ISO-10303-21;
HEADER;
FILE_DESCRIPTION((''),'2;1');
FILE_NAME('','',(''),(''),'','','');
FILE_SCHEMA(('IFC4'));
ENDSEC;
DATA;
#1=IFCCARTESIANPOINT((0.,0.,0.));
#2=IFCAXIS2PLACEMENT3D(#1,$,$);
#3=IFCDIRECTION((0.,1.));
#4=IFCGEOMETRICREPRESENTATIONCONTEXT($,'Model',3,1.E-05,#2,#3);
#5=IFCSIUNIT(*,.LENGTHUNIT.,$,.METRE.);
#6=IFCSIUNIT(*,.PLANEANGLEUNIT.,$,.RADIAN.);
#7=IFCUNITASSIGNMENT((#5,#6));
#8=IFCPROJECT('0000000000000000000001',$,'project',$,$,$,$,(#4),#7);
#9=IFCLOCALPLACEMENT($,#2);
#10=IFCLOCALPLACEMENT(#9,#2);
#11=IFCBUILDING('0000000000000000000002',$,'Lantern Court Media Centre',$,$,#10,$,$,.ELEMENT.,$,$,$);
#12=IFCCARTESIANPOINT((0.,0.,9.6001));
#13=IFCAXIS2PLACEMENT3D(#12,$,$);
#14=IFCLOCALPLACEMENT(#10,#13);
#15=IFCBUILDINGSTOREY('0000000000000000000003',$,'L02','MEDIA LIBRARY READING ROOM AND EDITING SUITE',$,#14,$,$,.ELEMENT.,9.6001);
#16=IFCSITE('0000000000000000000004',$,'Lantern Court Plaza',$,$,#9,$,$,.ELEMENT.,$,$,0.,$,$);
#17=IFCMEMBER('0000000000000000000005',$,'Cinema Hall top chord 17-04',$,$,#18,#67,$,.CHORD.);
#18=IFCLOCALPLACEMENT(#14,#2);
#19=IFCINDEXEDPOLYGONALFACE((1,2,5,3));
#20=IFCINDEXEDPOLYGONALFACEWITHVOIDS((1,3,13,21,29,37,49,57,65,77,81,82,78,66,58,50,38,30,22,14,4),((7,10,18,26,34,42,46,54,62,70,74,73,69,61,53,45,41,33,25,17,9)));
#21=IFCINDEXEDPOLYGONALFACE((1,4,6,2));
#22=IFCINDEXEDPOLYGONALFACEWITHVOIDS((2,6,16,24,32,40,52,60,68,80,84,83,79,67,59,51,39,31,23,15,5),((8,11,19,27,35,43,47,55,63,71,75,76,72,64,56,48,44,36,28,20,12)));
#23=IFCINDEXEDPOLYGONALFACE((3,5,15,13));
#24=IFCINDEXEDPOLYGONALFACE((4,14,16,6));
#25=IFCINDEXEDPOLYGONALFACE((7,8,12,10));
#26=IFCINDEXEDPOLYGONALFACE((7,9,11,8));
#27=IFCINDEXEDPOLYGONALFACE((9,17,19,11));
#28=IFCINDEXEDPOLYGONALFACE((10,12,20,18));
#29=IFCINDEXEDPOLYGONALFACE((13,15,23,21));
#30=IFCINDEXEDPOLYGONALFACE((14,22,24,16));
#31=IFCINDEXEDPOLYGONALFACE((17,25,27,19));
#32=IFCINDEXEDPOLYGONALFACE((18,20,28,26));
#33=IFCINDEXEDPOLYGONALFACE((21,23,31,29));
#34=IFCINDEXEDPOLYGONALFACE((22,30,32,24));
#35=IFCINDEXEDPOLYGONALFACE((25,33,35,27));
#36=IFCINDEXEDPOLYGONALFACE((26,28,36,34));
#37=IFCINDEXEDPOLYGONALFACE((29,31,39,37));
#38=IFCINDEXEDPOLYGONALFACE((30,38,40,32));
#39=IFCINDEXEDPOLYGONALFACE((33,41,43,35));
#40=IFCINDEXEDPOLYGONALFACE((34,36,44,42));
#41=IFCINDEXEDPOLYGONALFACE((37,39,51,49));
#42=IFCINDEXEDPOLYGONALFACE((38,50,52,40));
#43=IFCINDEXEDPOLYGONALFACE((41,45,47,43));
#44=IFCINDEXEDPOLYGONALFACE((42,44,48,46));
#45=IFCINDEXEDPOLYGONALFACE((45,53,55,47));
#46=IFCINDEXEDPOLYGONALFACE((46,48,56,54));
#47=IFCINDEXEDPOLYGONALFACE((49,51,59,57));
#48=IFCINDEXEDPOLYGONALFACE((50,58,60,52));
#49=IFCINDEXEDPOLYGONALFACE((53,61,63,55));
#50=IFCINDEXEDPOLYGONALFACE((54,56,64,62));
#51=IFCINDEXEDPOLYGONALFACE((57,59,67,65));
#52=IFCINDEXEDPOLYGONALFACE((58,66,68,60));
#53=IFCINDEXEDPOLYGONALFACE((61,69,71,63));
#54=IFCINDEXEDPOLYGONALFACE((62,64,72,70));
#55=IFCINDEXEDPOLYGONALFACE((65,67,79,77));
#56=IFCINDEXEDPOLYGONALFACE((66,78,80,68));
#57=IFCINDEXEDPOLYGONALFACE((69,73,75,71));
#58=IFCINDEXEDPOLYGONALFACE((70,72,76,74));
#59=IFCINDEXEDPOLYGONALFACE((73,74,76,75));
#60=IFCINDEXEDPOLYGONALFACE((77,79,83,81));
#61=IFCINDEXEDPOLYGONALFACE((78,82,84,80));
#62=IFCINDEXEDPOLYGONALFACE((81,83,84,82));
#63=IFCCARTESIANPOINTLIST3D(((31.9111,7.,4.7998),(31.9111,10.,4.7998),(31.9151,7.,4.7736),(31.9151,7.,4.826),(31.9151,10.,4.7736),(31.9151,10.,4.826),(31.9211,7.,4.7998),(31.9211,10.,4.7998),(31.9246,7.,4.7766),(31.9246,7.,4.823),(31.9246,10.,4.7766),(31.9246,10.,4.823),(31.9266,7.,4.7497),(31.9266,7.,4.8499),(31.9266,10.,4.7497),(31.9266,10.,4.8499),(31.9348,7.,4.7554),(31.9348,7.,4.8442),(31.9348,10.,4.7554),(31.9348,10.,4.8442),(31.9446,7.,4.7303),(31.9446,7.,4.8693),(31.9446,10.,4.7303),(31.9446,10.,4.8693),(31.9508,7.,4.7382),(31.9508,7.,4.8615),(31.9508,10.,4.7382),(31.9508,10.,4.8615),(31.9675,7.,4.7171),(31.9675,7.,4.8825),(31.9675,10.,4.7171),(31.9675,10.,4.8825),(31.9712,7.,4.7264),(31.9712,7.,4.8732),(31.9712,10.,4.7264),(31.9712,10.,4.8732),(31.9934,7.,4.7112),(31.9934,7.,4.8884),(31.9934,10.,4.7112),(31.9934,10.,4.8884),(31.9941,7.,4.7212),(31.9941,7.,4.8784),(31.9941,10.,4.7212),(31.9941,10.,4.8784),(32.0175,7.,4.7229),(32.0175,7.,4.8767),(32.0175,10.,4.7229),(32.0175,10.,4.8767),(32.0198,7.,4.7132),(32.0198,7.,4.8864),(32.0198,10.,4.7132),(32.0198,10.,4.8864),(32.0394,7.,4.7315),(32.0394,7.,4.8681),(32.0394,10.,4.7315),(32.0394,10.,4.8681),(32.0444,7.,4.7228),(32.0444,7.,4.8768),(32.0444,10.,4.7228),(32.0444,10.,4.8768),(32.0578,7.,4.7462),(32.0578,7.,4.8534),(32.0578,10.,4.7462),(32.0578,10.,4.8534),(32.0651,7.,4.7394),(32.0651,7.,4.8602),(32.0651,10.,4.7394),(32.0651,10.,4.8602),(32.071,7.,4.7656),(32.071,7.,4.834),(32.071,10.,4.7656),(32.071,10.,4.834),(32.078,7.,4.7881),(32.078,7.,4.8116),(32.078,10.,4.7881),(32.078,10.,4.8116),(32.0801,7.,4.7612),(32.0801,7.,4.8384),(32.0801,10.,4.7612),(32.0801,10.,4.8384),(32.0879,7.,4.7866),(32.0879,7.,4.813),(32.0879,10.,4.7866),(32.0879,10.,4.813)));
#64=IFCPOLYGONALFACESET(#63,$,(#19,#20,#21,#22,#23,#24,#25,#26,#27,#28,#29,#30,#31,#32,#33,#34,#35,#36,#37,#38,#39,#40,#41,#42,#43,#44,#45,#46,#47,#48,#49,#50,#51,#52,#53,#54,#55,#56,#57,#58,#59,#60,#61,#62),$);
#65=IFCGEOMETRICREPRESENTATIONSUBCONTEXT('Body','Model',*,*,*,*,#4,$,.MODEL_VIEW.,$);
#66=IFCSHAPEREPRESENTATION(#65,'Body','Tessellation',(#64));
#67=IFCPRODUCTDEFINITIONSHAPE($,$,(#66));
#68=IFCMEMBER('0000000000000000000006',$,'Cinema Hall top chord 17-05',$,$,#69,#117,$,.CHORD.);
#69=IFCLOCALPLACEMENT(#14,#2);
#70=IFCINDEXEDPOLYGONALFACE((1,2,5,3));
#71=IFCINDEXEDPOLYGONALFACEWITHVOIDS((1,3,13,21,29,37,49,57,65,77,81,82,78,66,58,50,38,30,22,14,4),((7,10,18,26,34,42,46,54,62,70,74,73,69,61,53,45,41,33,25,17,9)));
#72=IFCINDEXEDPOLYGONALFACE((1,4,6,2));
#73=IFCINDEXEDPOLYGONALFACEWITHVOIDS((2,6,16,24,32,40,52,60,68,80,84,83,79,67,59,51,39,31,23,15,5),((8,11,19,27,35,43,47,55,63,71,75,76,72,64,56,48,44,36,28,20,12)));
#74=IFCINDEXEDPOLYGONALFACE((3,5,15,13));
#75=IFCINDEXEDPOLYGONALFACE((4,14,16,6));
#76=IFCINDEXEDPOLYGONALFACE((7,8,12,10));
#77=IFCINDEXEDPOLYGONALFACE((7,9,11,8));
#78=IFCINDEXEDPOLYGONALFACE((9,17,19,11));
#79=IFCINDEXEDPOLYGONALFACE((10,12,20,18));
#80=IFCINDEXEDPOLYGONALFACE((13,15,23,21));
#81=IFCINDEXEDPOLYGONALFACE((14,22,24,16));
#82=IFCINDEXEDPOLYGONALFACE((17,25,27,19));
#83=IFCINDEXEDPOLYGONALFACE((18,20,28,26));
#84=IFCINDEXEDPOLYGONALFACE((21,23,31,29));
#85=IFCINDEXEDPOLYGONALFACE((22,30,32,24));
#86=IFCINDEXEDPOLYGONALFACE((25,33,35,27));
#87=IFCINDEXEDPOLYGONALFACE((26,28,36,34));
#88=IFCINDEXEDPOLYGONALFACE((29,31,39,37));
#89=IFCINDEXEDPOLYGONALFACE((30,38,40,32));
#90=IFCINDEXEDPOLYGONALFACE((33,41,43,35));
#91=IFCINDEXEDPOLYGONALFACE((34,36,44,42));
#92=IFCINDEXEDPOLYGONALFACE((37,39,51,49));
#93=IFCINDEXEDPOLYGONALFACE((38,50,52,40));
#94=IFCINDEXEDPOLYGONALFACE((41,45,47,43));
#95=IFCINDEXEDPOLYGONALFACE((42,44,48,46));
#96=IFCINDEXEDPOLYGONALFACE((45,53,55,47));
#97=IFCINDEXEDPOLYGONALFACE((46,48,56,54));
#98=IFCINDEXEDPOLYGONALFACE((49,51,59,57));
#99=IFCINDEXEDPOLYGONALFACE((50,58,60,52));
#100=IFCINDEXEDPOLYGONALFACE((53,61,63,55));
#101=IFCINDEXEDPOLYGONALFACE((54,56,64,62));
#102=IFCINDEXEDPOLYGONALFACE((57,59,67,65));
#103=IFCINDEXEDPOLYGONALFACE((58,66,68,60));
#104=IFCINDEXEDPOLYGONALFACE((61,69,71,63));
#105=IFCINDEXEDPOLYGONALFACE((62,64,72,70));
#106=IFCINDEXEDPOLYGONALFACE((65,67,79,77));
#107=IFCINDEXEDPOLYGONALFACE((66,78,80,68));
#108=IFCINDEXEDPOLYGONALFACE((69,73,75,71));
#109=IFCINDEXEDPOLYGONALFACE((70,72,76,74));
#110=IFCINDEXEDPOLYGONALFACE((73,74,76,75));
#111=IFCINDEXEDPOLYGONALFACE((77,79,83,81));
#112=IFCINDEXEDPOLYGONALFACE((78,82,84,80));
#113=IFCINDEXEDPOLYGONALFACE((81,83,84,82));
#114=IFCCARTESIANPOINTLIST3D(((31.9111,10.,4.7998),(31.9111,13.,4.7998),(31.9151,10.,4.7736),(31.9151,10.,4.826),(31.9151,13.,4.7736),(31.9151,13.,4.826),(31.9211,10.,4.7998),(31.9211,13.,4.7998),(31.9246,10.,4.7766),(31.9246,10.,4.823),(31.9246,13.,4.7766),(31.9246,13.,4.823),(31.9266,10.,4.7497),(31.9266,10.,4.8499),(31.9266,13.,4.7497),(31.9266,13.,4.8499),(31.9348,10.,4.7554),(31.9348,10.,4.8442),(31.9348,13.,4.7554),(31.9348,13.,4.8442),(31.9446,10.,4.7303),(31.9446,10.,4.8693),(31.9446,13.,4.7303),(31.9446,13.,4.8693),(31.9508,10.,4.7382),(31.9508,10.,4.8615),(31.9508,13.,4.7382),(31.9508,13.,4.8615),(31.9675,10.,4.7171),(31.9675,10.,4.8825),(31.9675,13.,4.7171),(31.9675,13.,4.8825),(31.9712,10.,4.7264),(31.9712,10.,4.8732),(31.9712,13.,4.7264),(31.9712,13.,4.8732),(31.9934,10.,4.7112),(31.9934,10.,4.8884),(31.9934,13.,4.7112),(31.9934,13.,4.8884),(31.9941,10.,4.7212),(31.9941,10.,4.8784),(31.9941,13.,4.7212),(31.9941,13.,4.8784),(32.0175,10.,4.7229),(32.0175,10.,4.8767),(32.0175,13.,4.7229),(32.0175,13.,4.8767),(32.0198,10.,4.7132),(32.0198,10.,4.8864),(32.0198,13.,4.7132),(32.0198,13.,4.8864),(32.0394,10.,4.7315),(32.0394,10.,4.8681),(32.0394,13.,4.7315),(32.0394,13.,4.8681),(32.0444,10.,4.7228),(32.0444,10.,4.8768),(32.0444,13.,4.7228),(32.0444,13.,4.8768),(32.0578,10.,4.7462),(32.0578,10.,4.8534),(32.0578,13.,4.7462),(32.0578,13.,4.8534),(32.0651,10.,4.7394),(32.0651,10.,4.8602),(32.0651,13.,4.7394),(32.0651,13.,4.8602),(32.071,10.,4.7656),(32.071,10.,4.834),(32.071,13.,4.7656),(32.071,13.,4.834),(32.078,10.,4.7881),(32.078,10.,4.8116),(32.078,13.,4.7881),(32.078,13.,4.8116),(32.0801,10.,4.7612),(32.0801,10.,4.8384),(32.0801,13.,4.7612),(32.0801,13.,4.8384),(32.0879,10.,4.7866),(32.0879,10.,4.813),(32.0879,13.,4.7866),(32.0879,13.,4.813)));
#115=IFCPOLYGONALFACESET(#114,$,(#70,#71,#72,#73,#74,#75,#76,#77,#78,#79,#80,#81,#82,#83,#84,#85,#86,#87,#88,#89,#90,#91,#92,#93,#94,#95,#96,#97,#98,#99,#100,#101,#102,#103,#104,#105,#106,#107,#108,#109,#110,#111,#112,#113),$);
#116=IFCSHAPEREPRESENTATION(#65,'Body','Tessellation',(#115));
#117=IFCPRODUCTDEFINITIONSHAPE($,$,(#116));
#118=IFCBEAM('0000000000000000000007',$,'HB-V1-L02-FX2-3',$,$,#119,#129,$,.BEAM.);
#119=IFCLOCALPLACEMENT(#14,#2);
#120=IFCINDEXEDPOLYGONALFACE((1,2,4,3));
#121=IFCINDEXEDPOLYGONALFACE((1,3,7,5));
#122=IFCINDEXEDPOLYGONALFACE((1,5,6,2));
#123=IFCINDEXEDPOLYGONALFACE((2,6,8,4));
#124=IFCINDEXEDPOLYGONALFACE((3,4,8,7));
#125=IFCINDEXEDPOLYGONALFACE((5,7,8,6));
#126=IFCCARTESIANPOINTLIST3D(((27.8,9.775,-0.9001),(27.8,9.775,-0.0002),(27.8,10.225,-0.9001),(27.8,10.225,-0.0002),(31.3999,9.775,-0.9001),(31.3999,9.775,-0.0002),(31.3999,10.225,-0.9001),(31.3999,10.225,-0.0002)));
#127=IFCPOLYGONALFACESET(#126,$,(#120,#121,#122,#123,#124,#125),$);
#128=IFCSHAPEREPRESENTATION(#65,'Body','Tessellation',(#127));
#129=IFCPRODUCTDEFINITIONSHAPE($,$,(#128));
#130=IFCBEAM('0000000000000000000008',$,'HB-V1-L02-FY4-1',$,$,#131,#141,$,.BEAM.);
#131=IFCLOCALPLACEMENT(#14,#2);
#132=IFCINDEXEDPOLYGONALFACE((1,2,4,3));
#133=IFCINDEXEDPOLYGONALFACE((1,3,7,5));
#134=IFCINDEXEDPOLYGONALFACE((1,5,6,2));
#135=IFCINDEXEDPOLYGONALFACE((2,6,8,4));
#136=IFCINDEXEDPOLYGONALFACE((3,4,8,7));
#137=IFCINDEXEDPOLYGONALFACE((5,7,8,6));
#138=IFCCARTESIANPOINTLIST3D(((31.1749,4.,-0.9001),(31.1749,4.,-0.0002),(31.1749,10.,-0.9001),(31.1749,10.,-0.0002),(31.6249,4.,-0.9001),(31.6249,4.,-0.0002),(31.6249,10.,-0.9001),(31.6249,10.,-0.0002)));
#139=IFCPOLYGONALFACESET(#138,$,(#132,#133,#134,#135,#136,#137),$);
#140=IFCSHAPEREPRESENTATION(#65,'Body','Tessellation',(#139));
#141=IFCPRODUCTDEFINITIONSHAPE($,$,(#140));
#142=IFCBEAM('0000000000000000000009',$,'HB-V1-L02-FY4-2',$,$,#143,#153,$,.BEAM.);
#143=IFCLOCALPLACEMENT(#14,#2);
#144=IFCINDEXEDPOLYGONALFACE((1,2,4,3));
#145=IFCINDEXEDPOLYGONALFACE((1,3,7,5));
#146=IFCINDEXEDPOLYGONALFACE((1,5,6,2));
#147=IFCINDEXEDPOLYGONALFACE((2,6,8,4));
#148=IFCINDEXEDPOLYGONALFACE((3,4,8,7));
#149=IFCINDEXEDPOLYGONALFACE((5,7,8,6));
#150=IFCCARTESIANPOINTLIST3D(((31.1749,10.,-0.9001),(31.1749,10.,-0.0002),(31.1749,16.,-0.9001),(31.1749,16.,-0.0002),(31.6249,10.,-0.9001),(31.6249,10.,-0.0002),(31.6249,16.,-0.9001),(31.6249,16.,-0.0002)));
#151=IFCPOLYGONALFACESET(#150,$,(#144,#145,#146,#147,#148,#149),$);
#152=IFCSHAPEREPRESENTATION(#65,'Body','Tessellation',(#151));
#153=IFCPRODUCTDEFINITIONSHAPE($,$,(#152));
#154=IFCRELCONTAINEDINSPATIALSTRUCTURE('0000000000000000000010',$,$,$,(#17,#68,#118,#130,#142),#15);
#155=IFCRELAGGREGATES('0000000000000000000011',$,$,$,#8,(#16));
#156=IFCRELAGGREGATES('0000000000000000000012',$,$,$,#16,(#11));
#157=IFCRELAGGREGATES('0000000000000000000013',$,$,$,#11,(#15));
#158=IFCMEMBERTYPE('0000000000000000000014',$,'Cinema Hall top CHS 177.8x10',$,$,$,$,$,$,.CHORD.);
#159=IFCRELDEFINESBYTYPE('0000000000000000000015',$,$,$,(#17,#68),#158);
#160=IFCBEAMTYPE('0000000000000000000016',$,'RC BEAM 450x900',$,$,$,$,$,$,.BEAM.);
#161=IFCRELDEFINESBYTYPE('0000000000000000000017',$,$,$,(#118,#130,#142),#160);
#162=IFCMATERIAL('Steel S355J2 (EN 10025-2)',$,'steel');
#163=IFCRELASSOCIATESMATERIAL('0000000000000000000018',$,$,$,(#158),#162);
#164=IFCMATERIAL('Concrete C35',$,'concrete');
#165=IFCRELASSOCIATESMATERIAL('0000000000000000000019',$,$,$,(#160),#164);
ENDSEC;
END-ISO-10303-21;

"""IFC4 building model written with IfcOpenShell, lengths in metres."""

from ifc_helpers import new_model, si_unit, direction, frame, origin, origin_2d, place, context, subcontext, project, spatial, rectangle, hollow_circle, extrude, material, material_profile, profile_set, type_object, element, save


model = new_model("IFC4")

# Units and contexts
model_context = context("Model", 3, precision=1e-05, world=origin(), true_north=direction((0.0, 1.0)))
body_context = subcontext(model_context, "Body", "Model", "MODEL_VIEW")
ifc_project = project(units=[si_unit("LENGTHUNIT", "METRE"), si_unit("PLANEANGLEUNIT", "RADIAN")], contexts=[model_context])

# Site, building, storey
site_placement = place(None, origin())
site = spatial("IfcSite", under=ifc_project, at=site_placement, Name="Lantern Court Plaza", CompositionType="ELEMENT", RefElevation=0.0)
building_placement = place(site_placement, origin())
building = spatial("IfcBuilding", under=site, at=building_placement, Name="Lantern Court Media Centre", CompositionType="ELEMENT")
storey_placement = place(building_placement, frame((0.0, 0.0, 9.6001)))
storey = spatial("IfcBuildingStorey", under=building, at=storey_placement, Name="L02", Description="MEDIA LIBRARY READING ROOM AND EDITING SUITE", CompositionType="ELEMENT", Elevation=9.6001)

# Shared definitions
ifc_material_1 = material(Name="Concrete C35", Category="concrete")

# Members
ifc_material_2 = material(Name="Steel S355J2 (EN 10025-2)", Category="steel")
ifc_material_profile_1 = material_profile(ifc_material_2, hollow_circle(Radius=0.0889, WallThickness=0.01, at=origin_2d()), Name="Cinema Hall top CHS 177.8x10")
ifc_profile_set_1 = profile_set([ifc_material_profile_1], Name="Steel S355J2 (EN 10025-2)")
member_type_1 = type_object("IfcMemberType", Name="Cinema Hall top CHS 177.8x10", PredefinedType="CHORD", material=ifc_profile_set_1)
for number, where, z_axis, x_axis, name in (
    (1, (32.0, 7.0, 4.7998), (0.0, 1.0, 0.0), (-1.0, 0.0, 0.0), "Cinema Hall top chord 17-04"),
    (2, (32.0, 10.0, 4.7998), (0.0, 1.0, 0.0), (-1.0, 0.0, 0.0), "Cinema Hall top chord 17-05"),
):
    element("IfcMember", number, at=place(storey_placement, frame(where, z_axis=z_axis, x_axis=x_axis)), inside=storey, type_object=member_type_1, Name=name, PredefinedType="CHORD", context=body_context, shape_type="SweptSolid", body=[
        extrude(hollow_circle(Radius=0.0889, WallThickness=0.01, at=origin_2d()), origin(), (0.0, 0.0, 1.0), 3.0),
    ])

# Beams
ifc_material_profile_2 = material_profile(ifc_material_1, rectangle(XDim=0.45, YDim=0.8999, at=origin_2d()), Name="RC 450x900")
ifc_profile_set_2 = profile_set([ifc_material_profile_2], Name="Concrete C35")
beam_type = type_object("IfcBeamType", Name="RC BEAM 450x900", PredefinedType="BEAM", material=ifc_profile_set_2)
beam_placement = place(storey_placement, frame((27.8, 10.0, -0.4502), z_axis=(1.0, 0.0, 0.0), x_axis=(0.0, 1.0, 0.0)))
element("IfcBeam", 3, at=beam_placement, inside=storey, type_object=beam_type, Name="HB-V1-L02-FX2-3", PredefinedType="BEAM", context=body_context, shape_type="SweptSolid", body=[
    extrude(rectangle(XDim=0.45, YDim=0.8999, at=origin_2d()), origin(), (0.0, 0.0, 1.0), 3.5999),
])
for number, where, z_axis, x_axis, name in (
    (4, (31.3999, 4.0, -0.4502), (0.0, 1.0, 0.0), (-1.0, 0.0, 0.0), "HB-V1-L02-FY4-1"),
    (5, (31.3999, 10.0, -0.4502), (0.0, 1.0, 0.0), (-1.0, 0.0, 0.0), "HB-V1-L02-FY4-2"),
):
    element("IfcBeam", number, at=place(storey_placement, frame(where, z_axis=z_axis, x_axis=x_axis)), inside=storey, type_object=beam_type, Name=name, PredefinedType="BEAM", context=body_context, shape_type="SweptSolid", body=[
        extrude(rectangle(XDim=0.45, YDim=0.8999, at=origin_2d()), origin(), (0.0, 0.0, 1.0), 6.0),
    ])

save(model, "model.ifc")
